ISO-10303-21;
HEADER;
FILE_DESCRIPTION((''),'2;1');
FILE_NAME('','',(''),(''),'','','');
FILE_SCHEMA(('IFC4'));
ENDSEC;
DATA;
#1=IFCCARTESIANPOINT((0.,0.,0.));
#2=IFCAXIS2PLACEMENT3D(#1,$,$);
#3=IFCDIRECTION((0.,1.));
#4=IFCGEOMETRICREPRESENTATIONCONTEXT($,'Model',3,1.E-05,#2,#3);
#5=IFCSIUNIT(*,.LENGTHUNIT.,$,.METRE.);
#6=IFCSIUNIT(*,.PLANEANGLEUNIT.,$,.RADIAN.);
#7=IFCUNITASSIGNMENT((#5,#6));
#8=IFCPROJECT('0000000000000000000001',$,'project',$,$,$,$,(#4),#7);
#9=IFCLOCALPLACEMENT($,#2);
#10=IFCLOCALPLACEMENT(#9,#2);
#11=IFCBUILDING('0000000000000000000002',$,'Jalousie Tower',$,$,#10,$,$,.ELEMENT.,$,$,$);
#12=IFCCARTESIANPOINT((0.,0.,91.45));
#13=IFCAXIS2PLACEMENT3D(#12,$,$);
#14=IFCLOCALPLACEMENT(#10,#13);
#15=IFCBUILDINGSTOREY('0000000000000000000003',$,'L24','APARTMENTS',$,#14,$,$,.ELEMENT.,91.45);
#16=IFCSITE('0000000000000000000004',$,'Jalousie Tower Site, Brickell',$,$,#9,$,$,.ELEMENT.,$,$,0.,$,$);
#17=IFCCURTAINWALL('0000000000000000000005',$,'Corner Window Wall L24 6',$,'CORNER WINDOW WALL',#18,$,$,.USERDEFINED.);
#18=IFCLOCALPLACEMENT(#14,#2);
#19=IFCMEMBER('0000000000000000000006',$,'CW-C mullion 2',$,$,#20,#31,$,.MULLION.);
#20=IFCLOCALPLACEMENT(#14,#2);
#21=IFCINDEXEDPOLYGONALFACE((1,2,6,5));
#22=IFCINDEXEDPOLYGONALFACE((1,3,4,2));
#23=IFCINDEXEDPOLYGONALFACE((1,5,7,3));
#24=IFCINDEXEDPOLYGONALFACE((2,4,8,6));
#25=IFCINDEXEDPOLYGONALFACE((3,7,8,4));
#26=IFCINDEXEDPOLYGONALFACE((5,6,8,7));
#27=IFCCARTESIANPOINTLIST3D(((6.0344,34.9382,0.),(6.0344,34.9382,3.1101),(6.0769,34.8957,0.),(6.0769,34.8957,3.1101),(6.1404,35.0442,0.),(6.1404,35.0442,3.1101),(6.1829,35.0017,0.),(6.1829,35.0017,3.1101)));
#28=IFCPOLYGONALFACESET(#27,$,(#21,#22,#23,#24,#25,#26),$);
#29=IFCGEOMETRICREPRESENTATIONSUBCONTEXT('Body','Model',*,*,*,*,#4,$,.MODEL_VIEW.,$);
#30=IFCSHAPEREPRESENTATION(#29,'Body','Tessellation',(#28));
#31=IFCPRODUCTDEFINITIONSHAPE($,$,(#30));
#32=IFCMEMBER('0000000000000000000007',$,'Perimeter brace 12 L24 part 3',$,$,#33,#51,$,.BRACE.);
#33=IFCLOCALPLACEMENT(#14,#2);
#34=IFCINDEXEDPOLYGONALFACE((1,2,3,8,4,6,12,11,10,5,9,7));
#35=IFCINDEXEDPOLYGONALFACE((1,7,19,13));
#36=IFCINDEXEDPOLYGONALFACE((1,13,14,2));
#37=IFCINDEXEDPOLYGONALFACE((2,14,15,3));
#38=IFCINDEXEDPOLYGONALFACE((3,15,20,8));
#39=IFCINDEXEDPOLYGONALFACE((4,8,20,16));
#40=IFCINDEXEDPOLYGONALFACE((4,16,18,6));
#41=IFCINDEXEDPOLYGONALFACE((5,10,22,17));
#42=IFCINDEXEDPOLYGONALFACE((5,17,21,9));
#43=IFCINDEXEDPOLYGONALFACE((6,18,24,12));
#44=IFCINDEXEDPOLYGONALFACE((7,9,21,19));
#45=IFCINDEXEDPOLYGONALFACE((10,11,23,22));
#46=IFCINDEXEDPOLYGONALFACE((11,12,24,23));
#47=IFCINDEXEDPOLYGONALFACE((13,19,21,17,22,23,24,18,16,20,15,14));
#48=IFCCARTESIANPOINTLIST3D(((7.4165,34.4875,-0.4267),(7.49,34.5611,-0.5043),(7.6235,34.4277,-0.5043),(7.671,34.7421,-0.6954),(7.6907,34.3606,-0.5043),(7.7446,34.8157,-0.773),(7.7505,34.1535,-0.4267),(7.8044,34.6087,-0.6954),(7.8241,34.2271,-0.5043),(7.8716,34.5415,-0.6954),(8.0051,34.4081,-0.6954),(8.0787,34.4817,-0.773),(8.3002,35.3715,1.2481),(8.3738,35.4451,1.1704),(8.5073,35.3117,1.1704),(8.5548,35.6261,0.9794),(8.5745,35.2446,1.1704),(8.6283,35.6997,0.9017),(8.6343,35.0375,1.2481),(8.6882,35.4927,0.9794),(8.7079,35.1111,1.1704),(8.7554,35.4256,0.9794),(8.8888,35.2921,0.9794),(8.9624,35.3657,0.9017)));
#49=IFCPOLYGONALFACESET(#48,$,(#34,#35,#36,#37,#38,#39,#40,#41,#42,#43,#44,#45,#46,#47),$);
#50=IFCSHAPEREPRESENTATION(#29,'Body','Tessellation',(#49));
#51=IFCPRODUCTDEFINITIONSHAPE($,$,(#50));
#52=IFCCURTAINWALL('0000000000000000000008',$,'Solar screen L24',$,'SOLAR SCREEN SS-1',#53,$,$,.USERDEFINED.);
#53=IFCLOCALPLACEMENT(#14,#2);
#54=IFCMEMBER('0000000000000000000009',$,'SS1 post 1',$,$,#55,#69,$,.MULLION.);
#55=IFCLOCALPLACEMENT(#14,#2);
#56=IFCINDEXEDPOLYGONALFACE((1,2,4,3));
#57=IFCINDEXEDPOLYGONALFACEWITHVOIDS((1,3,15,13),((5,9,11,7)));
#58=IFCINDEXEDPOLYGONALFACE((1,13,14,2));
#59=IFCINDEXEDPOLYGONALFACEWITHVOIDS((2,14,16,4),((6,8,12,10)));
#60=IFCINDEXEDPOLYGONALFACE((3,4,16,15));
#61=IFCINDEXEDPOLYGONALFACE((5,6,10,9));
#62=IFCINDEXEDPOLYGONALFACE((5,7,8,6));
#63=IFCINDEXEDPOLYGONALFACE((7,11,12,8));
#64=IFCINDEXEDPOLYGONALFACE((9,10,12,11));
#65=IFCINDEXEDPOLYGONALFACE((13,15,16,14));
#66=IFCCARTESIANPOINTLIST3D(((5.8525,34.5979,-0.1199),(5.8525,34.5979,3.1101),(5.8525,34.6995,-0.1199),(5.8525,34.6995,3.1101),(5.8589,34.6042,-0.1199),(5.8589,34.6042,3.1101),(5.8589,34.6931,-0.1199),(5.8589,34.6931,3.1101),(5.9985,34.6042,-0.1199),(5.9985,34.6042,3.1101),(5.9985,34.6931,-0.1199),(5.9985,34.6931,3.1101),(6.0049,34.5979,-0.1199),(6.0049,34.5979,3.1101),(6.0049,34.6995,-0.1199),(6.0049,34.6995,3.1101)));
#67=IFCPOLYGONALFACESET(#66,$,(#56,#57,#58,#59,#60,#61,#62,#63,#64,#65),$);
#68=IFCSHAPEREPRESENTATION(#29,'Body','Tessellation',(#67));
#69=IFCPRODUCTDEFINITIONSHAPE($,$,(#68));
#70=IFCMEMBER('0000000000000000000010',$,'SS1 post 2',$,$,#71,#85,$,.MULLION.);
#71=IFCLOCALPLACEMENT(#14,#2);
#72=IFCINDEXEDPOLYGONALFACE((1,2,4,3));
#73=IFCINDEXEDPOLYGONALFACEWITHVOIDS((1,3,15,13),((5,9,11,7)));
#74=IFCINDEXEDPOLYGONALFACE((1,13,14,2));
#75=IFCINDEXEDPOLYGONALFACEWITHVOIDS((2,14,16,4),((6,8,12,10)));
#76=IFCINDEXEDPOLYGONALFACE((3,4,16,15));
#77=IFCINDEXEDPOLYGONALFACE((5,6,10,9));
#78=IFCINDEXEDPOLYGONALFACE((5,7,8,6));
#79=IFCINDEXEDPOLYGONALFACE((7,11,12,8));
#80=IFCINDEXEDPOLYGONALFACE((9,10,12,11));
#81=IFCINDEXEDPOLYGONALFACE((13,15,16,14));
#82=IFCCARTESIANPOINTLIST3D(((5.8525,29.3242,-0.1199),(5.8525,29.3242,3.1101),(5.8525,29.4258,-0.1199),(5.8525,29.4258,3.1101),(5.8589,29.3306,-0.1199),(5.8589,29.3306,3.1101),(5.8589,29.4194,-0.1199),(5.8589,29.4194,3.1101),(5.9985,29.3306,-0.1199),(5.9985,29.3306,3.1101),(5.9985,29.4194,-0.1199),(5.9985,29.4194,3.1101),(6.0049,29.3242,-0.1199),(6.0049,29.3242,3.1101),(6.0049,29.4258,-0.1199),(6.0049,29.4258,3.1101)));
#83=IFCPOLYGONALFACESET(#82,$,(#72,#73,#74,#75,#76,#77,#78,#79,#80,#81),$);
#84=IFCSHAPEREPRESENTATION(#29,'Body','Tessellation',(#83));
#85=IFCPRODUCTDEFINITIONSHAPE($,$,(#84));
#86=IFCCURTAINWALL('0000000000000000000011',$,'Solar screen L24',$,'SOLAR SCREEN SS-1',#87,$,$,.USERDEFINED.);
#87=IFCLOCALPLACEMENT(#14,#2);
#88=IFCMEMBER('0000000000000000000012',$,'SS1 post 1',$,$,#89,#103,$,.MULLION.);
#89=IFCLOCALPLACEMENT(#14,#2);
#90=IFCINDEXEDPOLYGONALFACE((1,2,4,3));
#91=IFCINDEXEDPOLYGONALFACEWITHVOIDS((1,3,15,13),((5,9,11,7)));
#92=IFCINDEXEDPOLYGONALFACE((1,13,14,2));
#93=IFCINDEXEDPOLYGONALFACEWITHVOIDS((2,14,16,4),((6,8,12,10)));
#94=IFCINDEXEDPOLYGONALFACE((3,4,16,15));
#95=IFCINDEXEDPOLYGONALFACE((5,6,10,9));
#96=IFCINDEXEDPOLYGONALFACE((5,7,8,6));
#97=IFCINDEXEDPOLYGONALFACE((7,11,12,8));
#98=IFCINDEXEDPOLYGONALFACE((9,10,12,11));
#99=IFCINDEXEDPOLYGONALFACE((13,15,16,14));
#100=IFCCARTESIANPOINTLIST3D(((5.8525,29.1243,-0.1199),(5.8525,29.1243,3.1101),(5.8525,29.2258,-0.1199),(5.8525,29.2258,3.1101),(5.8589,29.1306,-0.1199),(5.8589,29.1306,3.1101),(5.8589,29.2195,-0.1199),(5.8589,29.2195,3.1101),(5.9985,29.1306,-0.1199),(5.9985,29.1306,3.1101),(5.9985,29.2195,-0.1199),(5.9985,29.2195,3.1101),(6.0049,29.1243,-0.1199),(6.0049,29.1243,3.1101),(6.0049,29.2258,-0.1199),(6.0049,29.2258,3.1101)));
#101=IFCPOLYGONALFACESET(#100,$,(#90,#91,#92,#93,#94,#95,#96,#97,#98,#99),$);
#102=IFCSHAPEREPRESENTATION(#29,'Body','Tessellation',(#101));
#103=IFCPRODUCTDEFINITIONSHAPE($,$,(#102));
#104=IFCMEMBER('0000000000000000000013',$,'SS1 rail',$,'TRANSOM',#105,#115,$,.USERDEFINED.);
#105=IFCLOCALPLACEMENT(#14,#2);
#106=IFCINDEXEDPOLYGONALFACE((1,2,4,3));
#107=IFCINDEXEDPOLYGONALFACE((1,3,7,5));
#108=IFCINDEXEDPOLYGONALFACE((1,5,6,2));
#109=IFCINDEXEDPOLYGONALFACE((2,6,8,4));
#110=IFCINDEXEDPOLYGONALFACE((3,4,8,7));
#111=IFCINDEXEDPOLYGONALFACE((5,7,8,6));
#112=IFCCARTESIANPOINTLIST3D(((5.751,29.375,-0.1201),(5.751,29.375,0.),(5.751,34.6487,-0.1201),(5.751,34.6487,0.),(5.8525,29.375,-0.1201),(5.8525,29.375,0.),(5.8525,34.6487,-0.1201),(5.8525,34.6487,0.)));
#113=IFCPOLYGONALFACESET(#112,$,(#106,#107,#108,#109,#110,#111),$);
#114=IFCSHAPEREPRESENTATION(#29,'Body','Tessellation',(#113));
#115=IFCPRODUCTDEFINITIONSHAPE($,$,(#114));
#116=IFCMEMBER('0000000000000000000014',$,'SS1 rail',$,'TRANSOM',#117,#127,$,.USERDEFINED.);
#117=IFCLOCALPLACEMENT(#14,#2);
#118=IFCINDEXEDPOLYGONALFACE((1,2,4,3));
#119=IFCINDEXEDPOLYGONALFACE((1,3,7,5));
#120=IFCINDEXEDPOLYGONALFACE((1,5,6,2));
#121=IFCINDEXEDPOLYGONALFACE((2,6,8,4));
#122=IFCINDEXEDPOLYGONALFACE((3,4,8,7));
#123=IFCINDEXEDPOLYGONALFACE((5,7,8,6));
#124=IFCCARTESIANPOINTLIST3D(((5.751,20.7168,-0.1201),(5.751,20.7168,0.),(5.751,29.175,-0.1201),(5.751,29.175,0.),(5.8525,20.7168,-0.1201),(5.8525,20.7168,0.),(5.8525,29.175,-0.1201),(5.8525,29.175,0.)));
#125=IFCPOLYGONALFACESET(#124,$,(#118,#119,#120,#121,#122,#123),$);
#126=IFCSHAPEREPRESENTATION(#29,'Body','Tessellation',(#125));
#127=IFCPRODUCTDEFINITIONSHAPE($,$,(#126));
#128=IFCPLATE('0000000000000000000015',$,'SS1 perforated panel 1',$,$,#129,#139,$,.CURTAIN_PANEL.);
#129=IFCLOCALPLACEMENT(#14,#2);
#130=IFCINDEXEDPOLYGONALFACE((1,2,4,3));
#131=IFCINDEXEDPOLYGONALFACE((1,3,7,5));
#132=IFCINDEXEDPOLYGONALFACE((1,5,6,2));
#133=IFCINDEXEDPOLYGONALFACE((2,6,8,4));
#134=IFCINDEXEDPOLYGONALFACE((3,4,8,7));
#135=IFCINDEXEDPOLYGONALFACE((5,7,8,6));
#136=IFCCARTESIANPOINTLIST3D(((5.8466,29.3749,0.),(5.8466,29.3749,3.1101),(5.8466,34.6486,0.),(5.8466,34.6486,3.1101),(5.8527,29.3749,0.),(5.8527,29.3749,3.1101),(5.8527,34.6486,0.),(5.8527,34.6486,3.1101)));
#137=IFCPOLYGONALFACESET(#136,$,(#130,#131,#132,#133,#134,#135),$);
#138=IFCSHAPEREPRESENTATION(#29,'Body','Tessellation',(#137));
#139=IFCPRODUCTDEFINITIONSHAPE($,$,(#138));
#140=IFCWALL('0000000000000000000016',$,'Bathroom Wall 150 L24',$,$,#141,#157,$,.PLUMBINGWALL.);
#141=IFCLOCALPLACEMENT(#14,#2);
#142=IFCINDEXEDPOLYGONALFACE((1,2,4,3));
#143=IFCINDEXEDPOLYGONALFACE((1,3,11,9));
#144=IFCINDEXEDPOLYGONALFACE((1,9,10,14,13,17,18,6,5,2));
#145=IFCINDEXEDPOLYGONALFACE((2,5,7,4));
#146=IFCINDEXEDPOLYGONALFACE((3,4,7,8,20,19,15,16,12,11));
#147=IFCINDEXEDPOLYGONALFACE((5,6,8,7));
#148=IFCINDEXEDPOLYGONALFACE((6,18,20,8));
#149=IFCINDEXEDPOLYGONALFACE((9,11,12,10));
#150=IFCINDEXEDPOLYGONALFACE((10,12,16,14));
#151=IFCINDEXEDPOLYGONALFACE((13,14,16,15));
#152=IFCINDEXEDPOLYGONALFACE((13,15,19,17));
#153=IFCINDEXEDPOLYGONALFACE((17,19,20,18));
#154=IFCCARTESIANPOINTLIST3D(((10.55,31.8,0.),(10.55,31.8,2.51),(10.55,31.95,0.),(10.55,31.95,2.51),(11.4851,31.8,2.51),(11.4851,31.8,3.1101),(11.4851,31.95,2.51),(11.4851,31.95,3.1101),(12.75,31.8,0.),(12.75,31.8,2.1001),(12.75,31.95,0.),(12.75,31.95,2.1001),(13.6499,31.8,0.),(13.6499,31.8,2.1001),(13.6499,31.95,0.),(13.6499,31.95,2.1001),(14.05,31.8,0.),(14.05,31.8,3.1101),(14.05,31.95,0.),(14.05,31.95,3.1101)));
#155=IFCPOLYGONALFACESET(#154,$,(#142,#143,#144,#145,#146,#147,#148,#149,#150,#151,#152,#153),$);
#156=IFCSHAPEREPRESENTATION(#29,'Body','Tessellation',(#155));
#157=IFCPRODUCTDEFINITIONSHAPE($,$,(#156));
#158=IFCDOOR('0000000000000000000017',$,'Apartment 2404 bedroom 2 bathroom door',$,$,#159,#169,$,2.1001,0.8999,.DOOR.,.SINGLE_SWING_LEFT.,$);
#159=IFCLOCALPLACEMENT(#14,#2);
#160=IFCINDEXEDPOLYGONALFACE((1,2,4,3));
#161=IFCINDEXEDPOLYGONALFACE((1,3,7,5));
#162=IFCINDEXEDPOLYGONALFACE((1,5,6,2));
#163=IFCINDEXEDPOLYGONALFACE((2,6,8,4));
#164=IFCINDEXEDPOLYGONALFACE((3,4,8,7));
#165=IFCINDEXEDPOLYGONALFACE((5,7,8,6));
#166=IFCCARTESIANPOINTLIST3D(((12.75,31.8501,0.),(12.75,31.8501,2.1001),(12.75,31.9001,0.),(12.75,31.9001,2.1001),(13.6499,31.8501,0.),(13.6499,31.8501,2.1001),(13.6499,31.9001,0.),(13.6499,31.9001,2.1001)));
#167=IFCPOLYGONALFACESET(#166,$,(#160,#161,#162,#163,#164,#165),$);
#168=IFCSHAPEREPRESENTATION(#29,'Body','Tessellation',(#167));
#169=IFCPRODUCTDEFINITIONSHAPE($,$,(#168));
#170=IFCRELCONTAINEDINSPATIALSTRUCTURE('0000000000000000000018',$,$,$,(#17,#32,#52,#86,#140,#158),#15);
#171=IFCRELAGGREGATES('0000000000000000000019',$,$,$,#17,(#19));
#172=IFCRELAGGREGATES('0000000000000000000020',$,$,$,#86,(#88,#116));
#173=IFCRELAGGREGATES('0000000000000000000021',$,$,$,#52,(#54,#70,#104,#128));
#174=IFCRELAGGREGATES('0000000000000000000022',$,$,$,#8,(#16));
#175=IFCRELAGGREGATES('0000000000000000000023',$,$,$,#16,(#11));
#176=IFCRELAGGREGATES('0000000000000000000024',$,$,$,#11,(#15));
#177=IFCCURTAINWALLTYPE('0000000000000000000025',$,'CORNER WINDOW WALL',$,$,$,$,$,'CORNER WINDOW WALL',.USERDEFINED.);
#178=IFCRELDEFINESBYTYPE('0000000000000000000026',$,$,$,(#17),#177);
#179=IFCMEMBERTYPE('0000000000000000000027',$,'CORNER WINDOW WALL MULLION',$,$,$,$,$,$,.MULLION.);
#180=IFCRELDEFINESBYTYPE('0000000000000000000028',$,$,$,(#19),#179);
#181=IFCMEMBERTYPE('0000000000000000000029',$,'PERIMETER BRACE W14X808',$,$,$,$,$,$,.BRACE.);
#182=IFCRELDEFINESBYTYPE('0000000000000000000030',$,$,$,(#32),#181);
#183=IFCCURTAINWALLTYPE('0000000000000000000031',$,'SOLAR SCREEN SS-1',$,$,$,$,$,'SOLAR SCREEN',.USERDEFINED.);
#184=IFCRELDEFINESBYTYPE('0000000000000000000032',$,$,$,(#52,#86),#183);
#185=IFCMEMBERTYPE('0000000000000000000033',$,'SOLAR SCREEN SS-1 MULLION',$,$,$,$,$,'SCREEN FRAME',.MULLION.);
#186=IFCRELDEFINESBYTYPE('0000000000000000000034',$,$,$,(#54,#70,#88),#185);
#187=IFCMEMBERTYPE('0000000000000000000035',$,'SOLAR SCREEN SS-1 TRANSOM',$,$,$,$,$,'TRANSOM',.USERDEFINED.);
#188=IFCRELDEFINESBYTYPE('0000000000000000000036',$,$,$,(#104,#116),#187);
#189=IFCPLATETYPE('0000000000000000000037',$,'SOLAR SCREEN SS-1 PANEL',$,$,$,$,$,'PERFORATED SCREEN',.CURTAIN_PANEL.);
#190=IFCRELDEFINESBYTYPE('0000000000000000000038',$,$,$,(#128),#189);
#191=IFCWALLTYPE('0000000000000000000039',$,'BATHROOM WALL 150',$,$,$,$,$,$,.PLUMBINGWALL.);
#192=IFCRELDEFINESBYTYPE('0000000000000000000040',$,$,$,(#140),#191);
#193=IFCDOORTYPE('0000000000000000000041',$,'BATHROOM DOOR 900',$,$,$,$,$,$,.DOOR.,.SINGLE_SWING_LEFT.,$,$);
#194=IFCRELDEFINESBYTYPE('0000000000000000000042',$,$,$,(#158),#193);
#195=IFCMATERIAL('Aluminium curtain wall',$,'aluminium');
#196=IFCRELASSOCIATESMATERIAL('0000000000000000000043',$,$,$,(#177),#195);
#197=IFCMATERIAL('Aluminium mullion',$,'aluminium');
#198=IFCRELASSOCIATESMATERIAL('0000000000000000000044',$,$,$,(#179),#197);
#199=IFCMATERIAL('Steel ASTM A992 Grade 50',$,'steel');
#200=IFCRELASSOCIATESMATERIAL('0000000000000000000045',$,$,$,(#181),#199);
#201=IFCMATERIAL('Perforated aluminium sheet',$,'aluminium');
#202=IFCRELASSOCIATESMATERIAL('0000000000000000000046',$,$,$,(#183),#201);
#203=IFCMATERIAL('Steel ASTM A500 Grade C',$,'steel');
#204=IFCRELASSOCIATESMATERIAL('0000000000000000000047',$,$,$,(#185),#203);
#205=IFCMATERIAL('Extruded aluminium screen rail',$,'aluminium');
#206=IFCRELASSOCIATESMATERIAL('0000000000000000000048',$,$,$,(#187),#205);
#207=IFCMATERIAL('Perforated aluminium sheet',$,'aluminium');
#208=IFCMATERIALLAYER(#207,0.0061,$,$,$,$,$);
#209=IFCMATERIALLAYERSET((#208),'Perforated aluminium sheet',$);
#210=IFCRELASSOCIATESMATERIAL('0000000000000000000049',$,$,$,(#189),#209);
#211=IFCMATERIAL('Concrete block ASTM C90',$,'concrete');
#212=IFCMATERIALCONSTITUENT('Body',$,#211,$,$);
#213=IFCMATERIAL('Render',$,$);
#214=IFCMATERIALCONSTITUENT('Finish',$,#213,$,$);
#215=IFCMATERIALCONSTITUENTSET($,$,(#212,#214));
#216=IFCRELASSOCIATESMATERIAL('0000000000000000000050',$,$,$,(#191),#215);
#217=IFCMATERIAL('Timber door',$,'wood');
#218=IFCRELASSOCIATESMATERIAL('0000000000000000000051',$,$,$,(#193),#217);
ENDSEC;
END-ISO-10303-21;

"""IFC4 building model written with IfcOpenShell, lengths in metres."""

from ifc_helpers import new_model, si_unit, direction, frame, frame_2d, origin, origin_2d, place, context, subcontext, project, spatial, polyline, rectangle, hollow_rectangle, i_section, outline, extrude, material, layer, layer_set, constituent, constituent_set, material_profile, profile_set, type_object, element, fill, aggregate, save


model = new_model("IFC4")

# Units and contexts
model_context = context("Model", 3, precision=1e-05, world=origin(), true_north=direction((0.0, 1.0)))
body_context = subcontext(model_context, "Body", "Model", "MODEL_VIEW")
ifc_project = project(units=[si_unit("LENGTHUNIT", "METRE"), si_unit("PLANEANGLEUNIT", "RADIAN")], contexts=[model_context])

# Site, building, storey
site_placement = place(None, origin())
site = spatial("IfcSite", under=ifc_project, at=site_placement, Name="Jalousie Tower Site, Brickell", CompositionType="ELEMENT", RefElevation=0.0)
building_placement = place(site_placement, origin())
building = spatial("IfcBuilding", under=site, at=building_placement, Name="Jalousie Tower", CompositionType="ELEMENT")
storey_placement = place(building_placement, frame((0.0, 0.0, 91.45)))
storey = spatial("IfcBuildingStorey", under=building, at=storey_placement, Name="L24", Description="APARTMENTS", CompositionType="ELEMENT", Elevation=91.45)

# Curtain wall, member
ifc_material_1 = material(Name="Aluminium curtain wall", Category="aluminium")
curtain_wall_type_1 = type_object("IfcCurtainWallType", Name="CORNER WINDOW WALL", ElementType="CORNER WINDOW WALL", PredefinedType="USERDEFINED", material=ifc_material_1)
curtain_wall_1_placement = place(storey_placement, origin())
curtain_wall_1 = element("IfcCurtainWall", 1, at=curtain_wall_1_placement, inside=storey, type_object=curtain_wall_type_1, Name="Corner Window Wall L24 6", ObjectType="CORNER WINDOW WALL", PredefinedType="USERDEFINED")
ifc_material_2 = material(Name="Aluminium mullion", Category="aluminium")
ifc_material_profile_1 = material_profile(ifc_material_2, rectangle(XDim=0.0601, YDim=0.1499, at=origin_2d()), Name="MULLION 60x150")
ifc_profile_set_1 = profile_set([ifc_material_profile_1], Name="Aluminium mullion")
member_type_1 = type_object("IfcMemberType", Name="CORNER WINDOW WALL MULLION", PredefinedType="MULLION", material=ifc_profile_set_1)
member_1_placement = place(storey_placement, frame((6.1086, 34.97, 0.0), z_axis=(0.0, 0.0, 1.0), x_axis=(0.707107, -0.707107, 0.0)))
member_1 = element("IfcMember", 2, at=member_1_placement, type_object=member_type_1, Name="CW-C mullion 2", PredefinedType="MULLION", context=body_context, shape_type="SweptSolid", body=[
    extrude(rectangle(XDim=0.0601, YDim=0.1499, at=origin_2d()), origin(), (0.0, 0.0, 1.0), 3.1101),
])
aggregate(curtain_wall_1, [member_1])

# Member
ifc_material_3 = material(Name="Steel ASTM A992 Grade 50", Category="steel")
ifc_material_profile_2 = material_profile(ifc_material_3, i_section(OverallWidth=0.4724, OverallDepth=0.5791, WebThickness=0.095, FlangeThickness=0.1299, at=origin_2d()), Name="W14X808")
ifc_profile_set_2 = profile_set([ifc_material_profile_2], Name="Steel ASTM A992 Grade 50")
member_type_2 = type_object("IfcMemberType", Name="PERIMETER BRACE W14X808", PredefinedType="BRACE", material=ifc_profile_set_2)
member_2_placement = place(storey_placement, frame((7.7476, 34.4846, -0.5999), z_axis=(0.422891, 0.423008, 0.801391), x_axis=(-0.707204, 0.707009, 0.0)))
element("IfcMember", 3, at=member_2_placement, inside=storey, type_object=member_type_2, Name="Perimeter brace 12 L24 part 3", PredefinedType="BRACE", context=body_context, shape_type="SweptSolid", body=[
    extrude(i_section(OverallWidth=0.4724, OverallDepth=0.5791, WebThickness=0.095, FlangeThickness=0.1299, at=origin_2d()), origin(), (0.0, 0.0, 1.0), 2.0898),
])

# Curtain wall, members
ifc_material_4 = material(Name="Perforated aluminium sheet", Category="aluminium")
curtain_wall_type_2 = type_object("IfcCurtainWallType", Name="SOLAR SCREEN SS-1", ElementType="SOLAR SCREEN", PredefinedType="USERDEFINED", material=ifc_material_4)
curtain_wall_2_placement = place(storey_placement, origin())
curtain_wall_2 = element("IfcCurtainWall", 4, at=curtain_wall_2_placement, inside=storey, type_object=curtain_wall_type_2, Name="Solar screen L24", ObjectType="SOLAR SCREEN SS-1", PredefinedType="USERDEFINED")
ifc_material_5 = material(Name="Steel ASTM A500 Grade C", Category="steel")
ifc_material_profile_3 = material_profile(ifc_material_5, hollow_rectangle(XDim=0.1016, YDim=0.1523, WallThickness=0.0063, at=origin_2d()), Name="HSS6X4X1/4")
ifc_profile_set_3 = profile_set([ifc_material_profile_3], Name="Steel ASTM A500 Grade C")
member_type_3 = type_object("IfcMemberType", Name="SOLAR SCREEN SS-1 MULLION", ElementType="SCREEN FRAME", PredefinedType="MULLION", material=ifc_profile_set_3)
member_3_placement = place(storey_placement, frame((5.9287, 34.6487, -0.1199), z_axis=(0.0, 0.0, 1.0), x_axis=(0.0, -1.0, 0.0)))
member_3 = element("IfcMember", 5, at=member_3_placement, type_object=member_type_3, Name="SS1 post 1", PredefinedType="MULLION", context=body_context, shape_type="SweptSolid", body=[
    extrude(hollow_rectangle(XDim=0.1016, YDim=0.1523, WallThickness=0.0063, at=origin_2d()), origin(), (0.0, 0.0, 1.0), 3.23),
])
member_4_placement = place(storey_placement, frame((5.9287, 29.375, -0.1199), z_axis=(0.0, 0.0, 1.0), x_axis=(0.0, -1.0, 0.0)))
member_4 = element("IfcMember", 6, at=member_4_placement, type_object=member_type_3, Name="SS1 post 2", PredefinedType="MULLION", context=body_context, shape_type="SweptSolid", body=[
    extrude(hollow_rectangle(XDim=0.1016, YDim=0.1523, WallThickness=0.0063, at=origin_2d()), origin(), (0.0, 0.0, 1.0), 3.23),
])

# Curtain wall, member
curtain_wall_3_placement = place(storey_placement, origin())
curtain_wall_3 = element("IfcCurtainWall", 7, at=curtain_wall_3_placement, inside=storey, type_object=curtain_wall_type_2, Name="Solar screen L24", ObjectType="SOLAR SCREEN SS-1", PredefinedType="USERDEFINED")
member_5_placement = place(storey_placement, frame((5.9287, 29.175, -0.1199), z_axis=(0.0, 0.0, 1.0), x_axis=(0.0, -1.0, 0.0)))
member_5 = element("IfcMember", 8, at=member_5_placement, type_object=member_type_3, Name="SS1 post 1", PredefinedType="MULLION", context=body_context, shape_type="SweptSolid", body=[
    extrude(hollow_rectangle(XDim=0.1016, YDim=0.1523, WallThickness=0.0063, at=origin_2d()), origin(), (0.0, 0.0, 1.0), 3.23),
])

# Members
ifc_material_6 = material(Name="Extruded aluminium screen rail", Category="aluminium")
ifc_material_profile_4 = material_profile(ifc_material_6, rectangle(XDim=0.1016, YDim=0.1201, at=origin_2d()), Name="RAIL 102x120")
ifc_profile_set_4 = profile_set([ifc_material_profile_4], Name="Extruded aluminium screen rail")
member_type_4 = type_object("IfcMemberType", Name="SOLAR SCREEN SS-1 TRANSOM", ElementType="TRANSOM", PredefinedType="USERDEFINED", material=ifc_profile_set_4)
member_6_placement = place(storey_placement, frame((5.8018, 34.6487, -0.0601), z_axis=(0.0, -1.0, 0.0), x_axis=(1.0, 0.0, 0.0)))
member_6 = element("IfcMember", 9, at=member_6_placement, type_object=member_type_4, Name="SS1 rail", ObjectType="TRANSOM", PredefinedType="USERDEFINED", context=body_context, shape_type="SweptSolid", body=[
    extrude(rectangle(XDim=0.1016, YDim=0.1201, at=origin_2d()), origin(), (0.0, 0.0, 1.0), 5.2737),
])
member_7_placement = place(storey_placement, frame((5.8018, 29.175, -0.0601), z_axis=(0.0, -1.0, 0.0), x_axis=(1.0, 0.0, 0.0)))
member_7 = element("IfcMember", 10, at=member_7_placement, type_object=member_type_4, Name="SS1 rail", ObjectType="TRANSOM", PredefinedType="USERDEFINED", context=body_context, shape_type="SweptSolid", body=[
    extrude(rectangle(XDim=0.1016, YDim=0.1201, at=origin_2d()), origin(), (0.0, 0.0, 1.0), 8.4583),
])
aggregate(curtain_wall_3, [member_5, member_7])

# Plate
ifc_material_7 = material(Name="Perforated aluminium sheet", Category="aluminium")
ifc_layer = layer(ifc_material_7, 0.0061)
ifc_layer_set = layer_set([ifc_layer], Name="Perforated aluminium sheet")
plate_type = type_object("IfcPlateType", Name="SOLAR SCREEN SS-1 PANEL", ElementType="PERFORATED SCREEN", PredefinedType="CURTAIN_PANEL", material=ifc_layer_set)
plate_placement = place(storey_placement, frame((5.8496, 32.0117, 0.0), z_axis=(0.0, 0.0, 1.0), x_axis=(0.0, -1.0, 0.0)))
plate = element("IfcPlate", 11, at=plate_placement, type_object=plate_type, Name="SS1 perforated panel 1", PredefinedType="CURTAIN_PANEL", context=body_context, shape_type="SweptSolid", body=[
    extrude(rectangle(XDim=5.2737, YDim=0.0061, at=origin_2d()), origin(), (0.0, 0.0, 1.0), 3.1101),
])
aggregate(curtain_wall_2, [member_3, member_4, member_6, plate])

# Wall, opening, door
ifc_material_8 = material(Name="Concrete block ASTM C90", Category="concrete")
ifc_constituent_1 = constituent(ifc_material_8, Name="Body")
ifc_material_9 = material(Name="Render")
ifc_constituent_2 = constituent(ifc_material_9, Name="Finish")
ifc_constituent_set_1 = constituent_set(constituents=[ifc_constituent_1, ifc_constituent_2])
wall_type_1 = type_object("IfcWallType", Name="BATHROOM WALL 150", PredefinedType="PLUMBINGWALL", material=ifc_constituent_set_1)
wall_1_placement = place(storey_placement, frame((10.55, 31.875, 0.0), z_axis=(0.0, 0.0, 1.0), x_axis=(1.0, 0.0, 0.0)))
wall_1 = element("IfcWall", 12, at=wall_1_placement, inside=storey, type_object=wall_type_1, Name="Bathroom Wall 150 L24", PredefinedType="PLUMBINGWALL", context=body_context, shape_type="SweptSolid", body=[
    extrude(outline(polyline([(0.0, 0.0), (3.5, 0.0), (3.5, 3.1101), (0.9351, 3.1101), (0.9351, 2.51), (0.0, 2.51), (0.0, 3.1101), (0.0, 0.0)])), frame((0.0, 0.075, 0.0), z_axis=(0.0, -1.0, 0.0), x_axis=(1.0, 0.0, 0.0)), (0.0, 0.0, 1.0), 0.1499),
])
opening_1_placement = place(wall_1_placement, frame((2.2, 0.0, 0.0)))
opening_1 = element("IfcOpeningElement", 13, at=opening_1_placement, cuts=wall_1, PredefinedType="OPENING", context=body_context, shape_type="SweptSolid", body=[
    extrude(rectangle(XDim=0.8999, YDim=2.1001, at=frame_2d((0.45, 1.05))), frame((0.0, 0.085, 0.0), z_axis=(0.0, -1.0, 0.0), x_axis=(1.0, 0.0, 0.0)), (0.0, 0.0, 1.0), 0.1699),
])
ifc_material_10 = material(Name="Timber door", Category="wood")
door_type_1 = type_object("IfcDoorType", Name="BATHROOM DOOR 900", OperationType="SINGLE_SWING_LEFT", PredefinedType="DOOR", material=ifc_material_10)
door_1_placement = place(opening_1_placement, frame((0.8999, 0.0, 0.0), z_axis=(0.0, 0.0, 1.0), x_axis=(-1.0, 0.0, 0.0)))
door_1 = element("IfcDoor", 14, at=door_1_placement, inside=storey, type_object=door_type_1, Name="Apartment 2404 bedroom 2 bathroom door", OperationType="SINGLE_SWING_LEFT", OverallHeight=2.1001, OverallWidth=0.8999, PredefinedType="DOOR", context=body_context, shape_type="SweptSolid", body=[
    extrude(rectangle(XDim=0.8999, YDim=2.1001, at=frame_2d((0.45, 1.05))), frame((0.0, 0.0249, 0.0), z_axis=(0.0, -1.0, 0.0), x_axis=(1.0, 0.0, 0.0)), (0.0, 0.0, 1.0), 0.05),
])
fill(opening_1, door_1)

save(model, "model.ifc")
